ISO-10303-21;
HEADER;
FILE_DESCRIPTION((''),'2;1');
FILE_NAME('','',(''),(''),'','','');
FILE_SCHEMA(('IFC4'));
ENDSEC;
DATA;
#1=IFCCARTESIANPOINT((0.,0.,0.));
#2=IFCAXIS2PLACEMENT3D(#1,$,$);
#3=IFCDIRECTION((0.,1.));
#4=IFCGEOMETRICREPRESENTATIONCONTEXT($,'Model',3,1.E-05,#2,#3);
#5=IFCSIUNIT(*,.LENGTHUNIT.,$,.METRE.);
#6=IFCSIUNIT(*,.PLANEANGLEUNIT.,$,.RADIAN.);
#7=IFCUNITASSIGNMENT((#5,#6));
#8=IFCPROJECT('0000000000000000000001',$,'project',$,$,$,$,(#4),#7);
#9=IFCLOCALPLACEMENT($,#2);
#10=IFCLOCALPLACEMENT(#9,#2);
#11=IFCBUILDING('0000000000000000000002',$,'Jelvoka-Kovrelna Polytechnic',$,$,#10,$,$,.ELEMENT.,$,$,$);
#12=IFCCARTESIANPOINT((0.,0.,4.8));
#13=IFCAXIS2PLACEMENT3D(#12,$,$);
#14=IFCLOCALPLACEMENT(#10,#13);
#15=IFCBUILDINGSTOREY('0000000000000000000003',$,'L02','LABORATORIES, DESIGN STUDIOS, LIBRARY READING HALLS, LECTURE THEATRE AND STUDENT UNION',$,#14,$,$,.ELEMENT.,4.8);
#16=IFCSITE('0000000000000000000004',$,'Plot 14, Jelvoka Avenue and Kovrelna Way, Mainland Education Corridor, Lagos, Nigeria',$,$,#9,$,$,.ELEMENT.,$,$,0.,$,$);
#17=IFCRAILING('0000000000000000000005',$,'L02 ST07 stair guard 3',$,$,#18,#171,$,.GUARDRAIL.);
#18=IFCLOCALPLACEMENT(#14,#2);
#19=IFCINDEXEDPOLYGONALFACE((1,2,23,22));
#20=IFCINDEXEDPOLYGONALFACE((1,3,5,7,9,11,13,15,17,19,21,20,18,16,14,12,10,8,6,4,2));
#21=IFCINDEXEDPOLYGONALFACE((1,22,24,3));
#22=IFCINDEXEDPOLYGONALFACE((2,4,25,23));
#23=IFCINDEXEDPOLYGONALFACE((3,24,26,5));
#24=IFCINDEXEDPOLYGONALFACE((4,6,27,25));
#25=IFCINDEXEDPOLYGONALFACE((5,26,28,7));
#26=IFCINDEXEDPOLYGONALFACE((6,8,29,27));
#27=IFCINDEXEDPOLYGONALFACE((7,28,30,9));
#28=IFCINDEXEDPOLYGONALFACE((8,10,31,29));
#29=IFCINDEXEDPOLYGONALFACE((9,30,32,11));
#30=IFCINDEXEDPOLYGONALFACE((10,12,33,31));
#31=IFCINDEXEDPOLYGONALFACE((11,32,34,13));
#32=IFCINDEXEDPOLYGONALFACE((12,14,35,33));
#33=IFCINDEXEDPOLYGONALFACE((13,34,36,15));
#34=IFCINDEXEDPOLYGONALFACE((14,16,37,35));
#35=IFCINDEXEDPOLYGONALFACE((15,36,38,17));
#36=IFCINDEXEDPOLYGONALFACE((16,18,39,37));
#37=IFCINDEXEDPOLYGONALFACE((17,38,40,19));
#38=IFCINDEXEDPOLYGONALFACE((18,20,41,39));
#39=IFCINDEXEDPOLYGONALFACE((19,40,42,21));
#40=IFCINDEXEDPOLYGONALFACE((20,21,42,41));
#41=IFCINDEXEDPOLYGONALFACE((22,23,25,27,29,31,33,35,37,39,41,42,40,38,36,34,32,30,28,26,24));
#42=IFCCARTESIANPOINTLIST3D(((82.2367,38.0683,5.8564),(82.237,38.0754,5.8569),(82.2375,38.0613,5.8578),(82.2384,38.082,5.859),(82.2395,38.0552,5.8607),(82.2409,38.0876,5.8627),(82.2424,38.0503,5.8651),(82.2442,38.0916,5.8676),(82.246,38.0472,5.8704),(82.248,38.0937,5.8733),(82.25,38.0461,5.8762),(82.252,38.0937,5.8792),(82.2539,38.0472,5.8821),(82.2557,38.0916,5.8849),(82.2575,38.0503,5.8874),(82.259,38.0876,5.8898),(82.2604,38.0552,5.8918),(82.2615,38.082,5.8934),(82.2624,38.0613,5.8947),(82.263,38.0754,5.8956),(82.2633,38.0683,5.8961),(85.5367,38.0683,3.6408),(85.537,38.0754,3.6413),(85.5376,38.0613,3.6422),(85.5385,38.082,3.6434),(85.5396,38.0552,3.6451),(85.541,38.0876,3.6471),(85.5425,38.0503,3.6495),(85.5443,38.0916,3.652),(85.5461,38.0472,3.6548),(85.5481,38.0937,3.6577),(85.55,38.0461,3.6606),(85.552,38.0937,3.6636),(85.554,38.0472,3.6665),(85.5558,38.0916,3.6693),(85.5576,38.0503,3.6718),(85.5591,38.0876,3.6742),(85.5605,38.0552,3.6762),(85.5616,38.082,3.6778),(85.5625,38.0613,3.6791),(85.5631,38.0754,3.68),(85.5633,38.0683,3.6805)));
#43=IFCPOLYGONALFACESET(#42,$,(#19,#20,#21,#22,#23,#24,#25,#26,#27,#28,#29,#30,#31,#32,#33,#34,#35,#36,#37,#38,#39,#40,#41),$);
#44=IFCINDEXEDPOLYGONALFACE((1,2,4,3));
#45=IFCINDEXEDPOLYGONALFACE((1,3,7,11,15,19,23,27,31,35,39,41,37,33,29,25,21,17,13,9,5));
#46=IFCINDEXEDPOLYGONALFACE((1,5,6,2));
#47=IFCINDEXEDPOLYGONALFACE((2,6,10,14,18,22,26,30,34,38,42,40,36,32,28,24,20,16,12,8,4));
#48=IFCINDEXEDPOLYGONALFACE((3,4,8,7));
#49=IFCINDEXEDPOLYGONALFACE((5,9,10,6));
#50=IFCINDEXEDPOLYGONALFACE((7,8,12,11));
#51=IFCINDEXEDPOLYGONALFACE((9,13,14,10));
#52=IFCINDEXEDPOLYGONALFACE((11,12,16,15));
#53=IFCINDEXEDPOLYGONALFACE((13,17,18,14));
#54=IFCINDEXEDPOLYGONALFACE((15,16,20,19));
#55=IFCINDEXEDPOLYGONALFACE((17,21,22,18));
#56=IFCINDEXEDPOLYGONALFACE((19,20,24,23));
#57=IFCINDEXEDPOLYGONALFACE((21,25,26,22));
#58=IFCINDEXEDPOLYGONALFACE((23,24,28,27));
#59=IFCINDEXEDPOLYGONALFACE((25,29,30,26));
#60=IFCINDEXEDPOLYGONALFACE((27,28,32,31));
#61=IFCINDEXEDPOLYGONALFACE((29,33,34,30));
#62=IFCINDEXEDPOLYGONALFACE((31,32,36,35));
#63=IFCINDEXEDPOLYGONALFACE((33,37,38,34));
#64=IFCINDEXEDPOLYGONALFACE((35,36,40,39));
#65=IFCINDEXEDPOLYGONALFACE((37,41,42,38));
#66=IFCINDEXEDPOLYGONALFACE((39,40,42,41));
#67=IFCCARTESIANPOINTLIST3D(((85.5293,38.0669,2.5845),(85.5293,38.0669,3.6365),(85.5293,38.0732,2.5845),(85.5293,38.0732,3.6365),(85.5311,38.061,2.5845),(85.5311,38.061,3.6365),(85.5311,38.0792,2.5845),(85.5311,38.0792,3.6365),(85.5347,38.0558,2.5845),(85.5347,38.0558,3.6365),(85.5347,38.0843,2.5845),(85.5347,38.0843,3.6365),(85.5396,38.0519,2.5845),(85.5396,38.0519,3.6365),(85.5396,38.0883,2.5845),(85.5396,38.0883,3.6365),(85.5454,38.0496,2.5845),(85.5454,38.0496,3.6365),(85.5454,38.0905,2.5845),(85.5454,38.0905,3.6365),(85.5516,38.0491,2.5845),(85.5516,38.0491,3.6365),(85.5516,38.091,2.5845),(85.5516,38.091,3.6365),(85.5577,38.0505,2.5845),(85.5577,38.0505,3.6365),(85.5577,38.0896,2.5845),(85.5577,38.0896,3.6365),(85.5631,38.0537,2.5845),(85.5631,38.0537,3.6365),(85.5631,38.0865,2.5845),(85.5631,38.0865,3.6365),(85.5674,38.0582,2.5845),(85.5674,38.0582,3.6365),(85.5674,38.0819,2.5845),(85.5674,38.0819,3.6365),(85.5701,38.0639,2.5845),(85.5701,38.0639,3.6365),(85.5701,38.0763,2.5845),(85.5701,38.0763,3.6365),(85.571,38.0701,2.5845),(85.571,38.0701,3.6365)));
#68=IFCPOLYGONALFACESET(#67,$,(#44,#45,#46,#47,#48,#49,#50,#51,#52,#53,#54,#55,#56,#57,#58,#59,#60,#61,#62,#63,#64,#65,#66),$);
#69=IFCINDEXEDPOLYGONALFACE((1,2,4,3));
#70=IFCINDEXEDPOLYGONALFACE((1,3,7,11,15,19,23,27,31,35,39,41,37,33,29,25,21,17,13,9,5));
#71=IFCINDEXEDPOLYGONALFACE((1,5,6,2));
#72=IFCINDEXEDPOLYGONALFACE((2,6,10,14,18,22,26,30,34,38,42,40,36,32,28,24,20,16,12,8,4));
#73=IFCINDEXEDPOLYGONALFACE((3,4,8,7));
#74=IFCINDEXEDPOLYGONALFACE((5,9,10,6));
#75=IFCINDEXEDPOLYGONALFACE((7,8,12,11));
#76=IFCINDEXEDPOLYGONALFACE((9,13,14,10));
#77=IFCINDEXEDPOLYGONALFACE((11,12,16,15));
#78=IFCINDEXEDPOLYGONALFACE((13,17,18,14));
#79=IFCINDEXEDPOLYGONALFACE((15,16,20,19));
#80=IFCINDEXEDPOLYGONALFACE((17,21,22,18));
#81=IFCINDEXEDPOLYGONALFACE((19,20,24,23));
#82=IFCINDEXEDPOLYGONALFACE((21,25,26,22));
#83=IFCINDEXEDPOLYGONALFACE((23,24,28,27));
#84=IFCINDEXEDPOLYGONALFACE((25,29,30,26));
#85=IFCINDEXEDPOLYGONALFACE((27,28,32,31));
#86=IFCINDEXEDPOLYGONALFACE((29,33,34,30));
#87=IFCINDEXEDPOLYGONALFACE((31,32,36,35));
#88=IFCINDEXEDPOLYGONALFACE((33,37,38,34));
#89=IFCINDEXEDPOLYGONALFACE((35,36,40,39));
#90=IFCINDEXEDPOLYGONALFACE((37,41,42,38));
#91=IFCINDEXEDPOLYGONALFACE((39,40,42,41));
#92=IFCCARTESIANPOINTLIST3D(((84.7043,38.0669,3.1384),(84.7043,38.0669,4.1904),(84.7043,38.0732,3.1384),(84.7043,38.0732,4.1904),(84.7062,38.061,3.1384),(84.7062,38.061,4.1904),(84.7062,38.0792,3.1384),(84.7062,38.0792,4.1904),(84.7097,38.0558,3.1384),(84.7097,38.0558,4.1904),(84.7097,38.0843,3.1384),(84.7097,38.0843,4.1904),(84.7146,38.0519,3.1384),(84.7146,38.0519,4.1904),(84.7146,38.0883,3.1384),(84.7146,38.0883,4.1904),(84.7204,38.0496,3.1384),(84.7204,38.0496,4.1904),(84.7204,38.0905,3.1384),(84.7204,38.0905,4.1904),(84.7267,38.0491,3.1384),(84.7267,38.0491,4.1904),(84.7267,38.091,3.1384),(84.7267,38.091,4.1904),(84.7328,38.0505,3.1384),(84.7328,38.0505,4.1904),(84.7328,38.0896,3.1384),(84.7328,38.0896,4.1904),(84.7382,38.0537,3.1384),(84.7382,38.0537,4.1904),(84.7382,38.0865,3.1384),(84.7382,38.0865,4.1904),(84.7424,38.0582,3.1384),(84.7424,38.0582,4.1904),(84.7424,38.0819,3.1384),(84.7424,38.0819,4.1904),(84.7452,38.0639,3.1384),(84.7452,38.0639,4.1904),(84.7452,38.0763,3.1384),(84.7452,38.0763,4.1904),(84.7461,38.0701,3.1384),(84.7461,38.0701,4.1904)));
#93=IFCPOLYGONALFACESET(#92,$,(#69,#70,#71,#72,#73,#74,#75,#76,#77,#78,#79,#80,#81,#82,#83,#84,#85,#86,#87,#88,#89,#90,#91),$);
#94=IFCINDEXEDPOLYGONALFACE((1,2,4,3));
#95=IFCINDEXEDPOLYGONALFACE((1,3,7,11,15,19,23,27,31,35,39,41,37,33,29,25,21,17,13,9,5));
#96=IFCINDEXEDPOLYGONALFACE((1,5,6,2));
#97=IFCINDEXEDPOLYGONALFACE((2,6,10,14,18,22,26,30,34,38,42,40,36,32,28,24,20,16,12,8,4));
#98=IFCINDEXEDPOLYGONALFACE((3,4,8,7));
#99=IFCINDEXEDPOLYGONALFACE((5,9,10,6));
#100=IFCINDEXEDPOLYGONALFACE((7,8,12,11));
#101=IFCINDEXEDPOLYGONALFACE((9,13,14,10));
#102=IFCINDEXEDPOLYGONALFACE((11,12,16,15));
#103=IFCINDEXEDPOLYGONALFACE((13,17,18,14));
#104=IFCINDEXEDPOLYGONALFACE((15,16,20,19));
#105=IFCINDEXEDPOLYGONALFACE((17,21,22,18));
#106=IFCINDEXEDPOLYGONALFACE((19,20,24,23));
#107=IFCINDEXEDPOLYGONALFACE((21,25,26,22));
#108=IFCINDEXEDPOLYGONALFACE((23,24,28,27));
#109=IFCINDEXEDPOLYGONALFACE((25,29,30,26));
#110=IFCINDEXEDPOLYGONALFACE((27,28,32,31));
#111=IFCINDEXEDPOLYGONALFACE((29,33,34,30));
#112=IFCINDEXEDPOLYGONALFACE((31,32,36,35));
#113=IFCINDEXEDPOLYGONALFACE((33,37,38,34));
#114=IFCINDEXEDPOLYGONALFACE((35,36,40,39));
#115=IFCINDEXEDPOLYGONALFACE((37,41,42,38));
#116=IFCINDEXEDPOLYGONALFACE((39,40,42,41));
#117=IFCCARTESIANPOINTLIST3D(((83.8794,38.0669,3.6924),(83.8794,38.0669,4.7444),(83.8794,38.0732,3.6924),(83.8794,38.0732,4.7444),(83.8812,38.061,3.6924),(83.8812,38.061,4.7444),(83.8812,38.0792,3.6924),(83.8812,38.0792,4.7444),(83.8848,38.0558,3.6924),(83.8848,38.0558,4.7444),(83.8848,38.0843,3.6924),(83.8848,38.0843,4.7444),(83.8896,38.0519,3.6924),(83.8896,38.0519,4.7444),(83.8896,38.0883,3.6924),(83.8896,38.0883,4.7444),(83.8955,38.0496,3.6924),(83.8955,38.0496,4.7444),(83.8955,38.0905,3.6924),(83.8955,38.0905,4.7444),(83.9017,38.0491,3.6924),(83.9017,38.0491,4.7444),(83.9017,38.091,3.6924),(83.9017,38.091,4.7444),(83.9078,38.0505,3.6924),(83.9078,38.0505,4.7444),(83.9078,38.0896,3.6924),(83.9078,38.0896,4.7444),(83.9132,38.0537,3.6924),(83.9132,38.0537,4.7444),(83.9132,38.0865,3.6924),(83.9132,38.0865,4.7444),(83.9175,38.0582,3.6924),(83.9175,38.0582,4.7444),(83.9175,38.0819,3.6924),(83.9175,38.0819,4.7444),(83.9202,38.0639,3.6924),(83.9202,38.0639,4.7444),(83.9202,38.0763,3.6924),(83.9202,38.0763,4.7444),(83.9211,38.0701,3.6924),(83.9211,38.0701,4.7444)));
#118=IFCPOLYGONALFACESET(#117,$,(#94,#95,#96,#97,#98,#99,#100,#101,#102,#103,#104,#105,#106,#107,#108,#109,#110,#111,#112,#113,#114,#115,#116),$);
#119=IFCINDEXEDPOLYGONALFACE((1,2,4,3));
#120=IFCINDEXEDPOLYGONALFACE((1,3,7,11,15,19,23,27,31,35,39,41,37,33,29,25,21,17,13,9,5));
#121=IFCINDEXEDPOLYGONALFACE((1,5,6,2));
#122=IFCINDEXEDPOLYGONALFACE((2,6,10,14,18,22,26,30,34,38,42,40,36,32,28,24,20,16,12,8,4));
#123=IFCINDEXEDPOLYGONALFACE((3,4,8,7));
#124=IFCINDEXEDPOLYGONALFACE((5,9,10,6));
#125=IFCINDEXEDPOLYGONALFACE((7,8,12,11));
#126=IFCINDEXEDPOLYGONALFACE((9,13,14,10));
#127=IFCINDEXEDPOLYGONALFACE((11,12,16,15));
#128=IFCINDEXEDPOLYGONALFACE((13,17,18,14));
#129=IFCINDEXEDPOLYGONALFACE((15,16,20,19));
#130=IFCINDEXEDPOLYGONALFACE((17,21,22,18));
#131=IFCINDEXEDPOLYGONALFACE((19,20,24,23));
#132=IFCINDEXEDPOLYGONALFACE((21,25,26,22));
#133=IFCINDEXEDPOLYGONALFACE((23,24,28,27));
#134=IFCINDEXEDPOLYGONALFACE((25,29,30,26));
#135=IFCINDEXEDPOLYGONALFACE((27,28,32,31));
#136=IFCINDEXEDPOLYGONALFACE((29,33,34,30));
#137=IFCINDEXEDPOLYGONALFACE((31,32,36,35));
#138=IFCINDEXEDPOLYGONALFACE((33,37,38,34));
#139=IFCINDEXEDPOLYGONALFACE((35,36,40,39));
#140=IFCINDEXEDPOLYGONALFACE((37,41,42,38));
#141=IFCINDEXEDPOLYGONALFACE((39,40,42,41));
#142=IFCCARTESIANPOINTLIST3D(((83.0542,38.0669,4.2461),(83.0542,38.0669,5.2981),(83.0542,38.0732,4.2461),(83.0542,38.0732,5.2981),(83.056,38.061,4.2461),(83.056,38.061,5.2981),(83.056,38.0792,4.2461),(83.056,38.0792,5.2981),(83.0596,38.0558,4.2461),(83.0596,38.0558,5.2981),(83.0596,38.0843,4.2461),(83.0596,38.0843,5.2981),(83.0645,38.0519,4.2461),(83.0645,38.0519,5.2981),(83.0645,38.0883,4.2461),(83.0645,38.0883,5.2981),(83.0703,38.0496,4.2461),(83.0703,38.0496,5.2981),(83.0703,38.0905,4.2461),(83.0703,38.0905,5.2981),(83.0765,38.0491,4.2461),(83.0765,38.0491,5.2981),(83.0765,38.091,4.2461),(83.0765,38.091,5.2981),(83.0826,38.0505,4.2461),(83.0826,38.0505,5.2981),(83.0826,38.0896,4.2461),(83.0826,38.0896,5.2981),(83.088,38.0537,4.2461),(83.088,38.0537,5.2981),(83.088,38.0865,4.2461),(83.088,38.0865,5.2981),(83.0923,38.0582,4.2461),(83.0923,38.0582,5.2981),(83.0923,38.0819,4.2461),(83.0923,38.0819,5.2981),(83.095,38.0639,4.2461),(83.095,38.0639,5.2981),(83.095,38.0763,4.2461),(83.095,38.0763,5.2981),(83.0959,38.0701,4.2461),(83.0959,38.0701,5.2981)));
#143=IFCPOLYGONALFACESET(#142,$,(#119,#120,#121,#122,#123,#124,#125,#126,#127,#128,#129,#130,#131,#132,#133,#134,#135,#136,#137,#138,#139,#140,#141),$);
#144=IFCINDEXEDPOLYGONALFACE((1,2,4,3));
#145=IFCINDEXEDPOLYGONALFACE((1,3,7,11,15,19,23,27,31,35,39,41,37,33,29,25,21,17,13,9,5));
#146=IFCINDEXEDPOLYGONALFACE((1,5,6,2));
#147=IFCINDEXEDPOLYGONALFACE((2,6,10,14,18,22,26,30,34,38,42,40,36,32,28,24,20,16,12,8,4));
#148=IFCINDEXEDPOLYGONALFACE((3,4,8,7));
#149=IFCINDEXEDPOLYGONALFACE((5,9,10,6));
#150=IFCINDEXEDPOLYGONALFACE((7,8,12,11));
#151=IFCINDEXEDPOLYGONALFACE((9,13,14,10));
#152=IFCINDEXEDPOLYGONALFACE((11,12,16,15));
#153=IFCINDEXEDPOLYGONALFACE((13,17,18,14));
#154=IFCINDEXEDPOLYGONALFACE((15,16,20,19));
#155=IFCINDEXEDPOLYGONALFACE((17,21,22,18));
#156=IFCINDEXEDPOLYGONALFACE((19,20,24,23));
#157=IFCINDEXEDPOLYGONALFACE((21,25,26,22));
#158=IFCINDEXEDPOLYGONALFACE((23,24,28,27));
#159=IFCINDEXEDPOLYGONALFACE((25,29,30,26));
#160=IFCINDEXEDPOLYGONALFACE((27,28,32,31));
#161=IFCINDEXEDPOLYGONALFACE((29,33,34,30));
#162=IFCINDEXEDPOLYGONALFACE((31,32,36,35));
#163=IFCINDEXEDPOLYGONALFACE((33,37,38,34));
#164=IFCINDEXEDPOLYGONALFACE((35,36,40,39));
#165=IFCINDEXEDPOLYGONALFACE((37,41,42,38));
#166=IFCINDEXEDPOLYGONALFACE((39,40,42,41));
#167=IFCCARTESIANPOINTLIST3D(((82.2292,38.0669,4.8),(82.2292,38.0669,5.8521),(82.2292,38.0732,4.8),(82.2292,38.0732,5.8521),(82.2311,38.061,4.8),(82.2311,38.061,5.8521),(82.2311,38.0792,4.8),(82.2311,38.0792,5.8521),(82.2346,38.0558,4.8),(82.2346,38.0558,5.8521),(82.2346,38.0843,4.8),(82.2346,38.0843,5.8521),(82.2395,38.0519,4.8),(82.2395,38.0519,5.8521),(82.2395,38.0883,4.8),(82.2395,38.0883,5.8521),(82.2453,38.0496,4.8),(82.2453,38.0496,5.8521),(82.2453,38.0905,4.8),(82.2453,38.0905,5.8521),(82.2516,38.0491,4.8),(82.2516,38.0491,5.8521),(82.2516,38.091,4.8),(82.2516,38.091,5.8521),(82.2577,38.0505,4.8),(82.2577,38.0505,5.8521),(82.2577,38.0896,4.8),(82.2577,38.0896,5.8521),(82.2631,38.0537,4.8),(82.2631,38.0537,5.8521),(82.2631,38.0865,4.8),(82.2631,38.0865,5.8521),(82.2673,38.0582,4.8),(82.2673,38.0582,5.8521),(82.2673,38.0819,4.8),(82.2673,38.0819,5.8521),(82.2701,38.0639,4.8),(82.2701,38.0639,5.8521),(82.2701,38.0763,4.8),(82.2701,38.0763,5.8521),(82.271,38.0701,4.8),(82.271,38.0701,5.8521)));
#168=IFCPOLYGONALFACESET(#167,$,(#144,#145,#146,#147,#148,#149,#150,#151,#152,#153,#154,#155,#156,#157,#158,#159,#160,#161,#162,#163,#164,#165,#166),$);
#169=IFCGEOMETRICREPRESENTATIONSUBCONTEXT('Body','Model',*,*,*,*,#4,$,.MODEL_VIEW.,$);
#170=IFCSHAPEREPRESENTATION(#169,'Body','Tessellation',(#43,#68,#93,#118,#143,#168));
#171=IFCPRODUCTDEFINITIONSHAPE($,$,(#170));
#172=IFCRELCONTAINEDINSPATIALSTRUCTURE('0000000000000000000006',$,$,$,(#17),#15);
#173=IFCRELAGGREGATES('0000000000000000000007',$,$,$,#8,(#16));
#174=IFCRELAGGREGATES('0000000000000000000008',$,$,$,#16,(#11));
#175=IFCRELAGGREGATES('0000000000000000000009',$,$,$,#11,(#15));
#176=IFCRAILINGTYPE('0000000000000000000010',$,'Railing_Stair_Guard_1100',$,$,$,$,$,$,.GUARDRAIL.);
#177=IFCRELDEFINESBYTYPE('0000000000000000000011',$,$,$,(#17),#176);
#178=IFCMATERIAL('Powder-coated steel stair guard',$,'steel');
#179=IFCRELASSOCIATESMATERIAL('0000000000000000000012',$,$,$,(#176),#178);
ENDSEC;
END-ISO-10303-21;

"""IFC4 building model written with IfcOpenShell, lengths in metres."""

from ifc_helpers import new_model, si_unit, direction, frame, origin, origin_2d, place, context, subcontext, project, spatial, circle, extrude, material, type_object, element, save


model = new_model("IFC4")

# Units and contexts
model_context = context("Model", 3, precision=1e-05, world=origin(), true_north=direction((0.0, 1.0)))
body_context = subcontext(model_context, "Body", "Model", "MODEL_VIEW")
ifc_project = project(units=[si_unit("LENGTHUNIT", "METRE"), si_unit("PLANEANGLEUNIT", "RADIAN")], contexts=[model_context])

# Site, building, storey
site_placement = place(None, origin())
site = spatial("IfcSite", under=ifc_project, at=site_placement, Name="Plot 14, Jelvoka Avenue and Kovrelna Way, Mainland Education Corridor, Lagos, Nigeria", CompositionType="ELEMENT", RefElevation=0.0)
building_placement = place(site_placement, origin())
building = spatial("IfcBuilding", under=site, at=building_placement, Name="Jelvoka-Kovrelna Polytechnic", CompositionType="ELEMENT")
storey_placement = place(building_placement, frame((0.0, 0.0, 4.8)))
storey = spatial("IfcBuildingStorey", under=building, at=storey_placement, Name="L02", Description="LABORATORIES, DESIGN STUDIOS, LIBRARY READING HALLS, LECTURE THEATRE AND STUDENT UNION", CompositionType="ELEMENT", Elevation=4.8)

# Railing
ifc_material_1 = material(Name="Powder-coated steel stair guard", Category="steel")
railing_type_1 = type_object("IfcRailingType", Name="Railing_Stair_Guard_1100", PredefinedType="GUARDRAIL", material=ifc_material_1)
railing_1_placement = place(storey_placement, frame((85.55, 38.0701, 2.5845)))
element("IfcRailing", 1, at=railing_1_placement, inside=storey, type_object=railing_type_1, Name="L02 ST07 stair guard 3", PredefinedType="GUARDRAIL", context=body_context, shape_type="SweptSolid", body=[
    extrude(circle(Radius=0.0239, at=origin_2d()), frame((0.0, 0.0, 1.0762), z_axis=(-0.830241, 0.0, 0.557405), x_axis=(0.0, -1.0, 0.0)), (0.0, 0.0, 1.0), 3.9749),
    extrude(circle(Radius=0.021, at=origin_2d()), origin(), (0.0, 0.0, 1.0), 1.052),
    extrude(circle(Radius=0.021, at=origin_2d()), frame((-0.825, 0.0, 0.554)), (0.0, 0.0, 1.0), 1.052),
    extrude(circle(Radius=0.021, at=origin_2d()), frame((-1.6499, 0.0, 1.1079)), (0.0, 0.0, 1.0), 1.052),
    extrude(circle(Radius=0.021, at=origin_2d()), frame((-2.4751, 0.0, 1.6616)), (0.0, 0.0, 1.0), 1.052),
    extrude(circle(Radius=0.021, at=origin_2d()), frame((-3.3, 0.0, 2.2156)), (0.0, 0.0, 1.0), 1.052),
])

save(model, "model.ifc")
